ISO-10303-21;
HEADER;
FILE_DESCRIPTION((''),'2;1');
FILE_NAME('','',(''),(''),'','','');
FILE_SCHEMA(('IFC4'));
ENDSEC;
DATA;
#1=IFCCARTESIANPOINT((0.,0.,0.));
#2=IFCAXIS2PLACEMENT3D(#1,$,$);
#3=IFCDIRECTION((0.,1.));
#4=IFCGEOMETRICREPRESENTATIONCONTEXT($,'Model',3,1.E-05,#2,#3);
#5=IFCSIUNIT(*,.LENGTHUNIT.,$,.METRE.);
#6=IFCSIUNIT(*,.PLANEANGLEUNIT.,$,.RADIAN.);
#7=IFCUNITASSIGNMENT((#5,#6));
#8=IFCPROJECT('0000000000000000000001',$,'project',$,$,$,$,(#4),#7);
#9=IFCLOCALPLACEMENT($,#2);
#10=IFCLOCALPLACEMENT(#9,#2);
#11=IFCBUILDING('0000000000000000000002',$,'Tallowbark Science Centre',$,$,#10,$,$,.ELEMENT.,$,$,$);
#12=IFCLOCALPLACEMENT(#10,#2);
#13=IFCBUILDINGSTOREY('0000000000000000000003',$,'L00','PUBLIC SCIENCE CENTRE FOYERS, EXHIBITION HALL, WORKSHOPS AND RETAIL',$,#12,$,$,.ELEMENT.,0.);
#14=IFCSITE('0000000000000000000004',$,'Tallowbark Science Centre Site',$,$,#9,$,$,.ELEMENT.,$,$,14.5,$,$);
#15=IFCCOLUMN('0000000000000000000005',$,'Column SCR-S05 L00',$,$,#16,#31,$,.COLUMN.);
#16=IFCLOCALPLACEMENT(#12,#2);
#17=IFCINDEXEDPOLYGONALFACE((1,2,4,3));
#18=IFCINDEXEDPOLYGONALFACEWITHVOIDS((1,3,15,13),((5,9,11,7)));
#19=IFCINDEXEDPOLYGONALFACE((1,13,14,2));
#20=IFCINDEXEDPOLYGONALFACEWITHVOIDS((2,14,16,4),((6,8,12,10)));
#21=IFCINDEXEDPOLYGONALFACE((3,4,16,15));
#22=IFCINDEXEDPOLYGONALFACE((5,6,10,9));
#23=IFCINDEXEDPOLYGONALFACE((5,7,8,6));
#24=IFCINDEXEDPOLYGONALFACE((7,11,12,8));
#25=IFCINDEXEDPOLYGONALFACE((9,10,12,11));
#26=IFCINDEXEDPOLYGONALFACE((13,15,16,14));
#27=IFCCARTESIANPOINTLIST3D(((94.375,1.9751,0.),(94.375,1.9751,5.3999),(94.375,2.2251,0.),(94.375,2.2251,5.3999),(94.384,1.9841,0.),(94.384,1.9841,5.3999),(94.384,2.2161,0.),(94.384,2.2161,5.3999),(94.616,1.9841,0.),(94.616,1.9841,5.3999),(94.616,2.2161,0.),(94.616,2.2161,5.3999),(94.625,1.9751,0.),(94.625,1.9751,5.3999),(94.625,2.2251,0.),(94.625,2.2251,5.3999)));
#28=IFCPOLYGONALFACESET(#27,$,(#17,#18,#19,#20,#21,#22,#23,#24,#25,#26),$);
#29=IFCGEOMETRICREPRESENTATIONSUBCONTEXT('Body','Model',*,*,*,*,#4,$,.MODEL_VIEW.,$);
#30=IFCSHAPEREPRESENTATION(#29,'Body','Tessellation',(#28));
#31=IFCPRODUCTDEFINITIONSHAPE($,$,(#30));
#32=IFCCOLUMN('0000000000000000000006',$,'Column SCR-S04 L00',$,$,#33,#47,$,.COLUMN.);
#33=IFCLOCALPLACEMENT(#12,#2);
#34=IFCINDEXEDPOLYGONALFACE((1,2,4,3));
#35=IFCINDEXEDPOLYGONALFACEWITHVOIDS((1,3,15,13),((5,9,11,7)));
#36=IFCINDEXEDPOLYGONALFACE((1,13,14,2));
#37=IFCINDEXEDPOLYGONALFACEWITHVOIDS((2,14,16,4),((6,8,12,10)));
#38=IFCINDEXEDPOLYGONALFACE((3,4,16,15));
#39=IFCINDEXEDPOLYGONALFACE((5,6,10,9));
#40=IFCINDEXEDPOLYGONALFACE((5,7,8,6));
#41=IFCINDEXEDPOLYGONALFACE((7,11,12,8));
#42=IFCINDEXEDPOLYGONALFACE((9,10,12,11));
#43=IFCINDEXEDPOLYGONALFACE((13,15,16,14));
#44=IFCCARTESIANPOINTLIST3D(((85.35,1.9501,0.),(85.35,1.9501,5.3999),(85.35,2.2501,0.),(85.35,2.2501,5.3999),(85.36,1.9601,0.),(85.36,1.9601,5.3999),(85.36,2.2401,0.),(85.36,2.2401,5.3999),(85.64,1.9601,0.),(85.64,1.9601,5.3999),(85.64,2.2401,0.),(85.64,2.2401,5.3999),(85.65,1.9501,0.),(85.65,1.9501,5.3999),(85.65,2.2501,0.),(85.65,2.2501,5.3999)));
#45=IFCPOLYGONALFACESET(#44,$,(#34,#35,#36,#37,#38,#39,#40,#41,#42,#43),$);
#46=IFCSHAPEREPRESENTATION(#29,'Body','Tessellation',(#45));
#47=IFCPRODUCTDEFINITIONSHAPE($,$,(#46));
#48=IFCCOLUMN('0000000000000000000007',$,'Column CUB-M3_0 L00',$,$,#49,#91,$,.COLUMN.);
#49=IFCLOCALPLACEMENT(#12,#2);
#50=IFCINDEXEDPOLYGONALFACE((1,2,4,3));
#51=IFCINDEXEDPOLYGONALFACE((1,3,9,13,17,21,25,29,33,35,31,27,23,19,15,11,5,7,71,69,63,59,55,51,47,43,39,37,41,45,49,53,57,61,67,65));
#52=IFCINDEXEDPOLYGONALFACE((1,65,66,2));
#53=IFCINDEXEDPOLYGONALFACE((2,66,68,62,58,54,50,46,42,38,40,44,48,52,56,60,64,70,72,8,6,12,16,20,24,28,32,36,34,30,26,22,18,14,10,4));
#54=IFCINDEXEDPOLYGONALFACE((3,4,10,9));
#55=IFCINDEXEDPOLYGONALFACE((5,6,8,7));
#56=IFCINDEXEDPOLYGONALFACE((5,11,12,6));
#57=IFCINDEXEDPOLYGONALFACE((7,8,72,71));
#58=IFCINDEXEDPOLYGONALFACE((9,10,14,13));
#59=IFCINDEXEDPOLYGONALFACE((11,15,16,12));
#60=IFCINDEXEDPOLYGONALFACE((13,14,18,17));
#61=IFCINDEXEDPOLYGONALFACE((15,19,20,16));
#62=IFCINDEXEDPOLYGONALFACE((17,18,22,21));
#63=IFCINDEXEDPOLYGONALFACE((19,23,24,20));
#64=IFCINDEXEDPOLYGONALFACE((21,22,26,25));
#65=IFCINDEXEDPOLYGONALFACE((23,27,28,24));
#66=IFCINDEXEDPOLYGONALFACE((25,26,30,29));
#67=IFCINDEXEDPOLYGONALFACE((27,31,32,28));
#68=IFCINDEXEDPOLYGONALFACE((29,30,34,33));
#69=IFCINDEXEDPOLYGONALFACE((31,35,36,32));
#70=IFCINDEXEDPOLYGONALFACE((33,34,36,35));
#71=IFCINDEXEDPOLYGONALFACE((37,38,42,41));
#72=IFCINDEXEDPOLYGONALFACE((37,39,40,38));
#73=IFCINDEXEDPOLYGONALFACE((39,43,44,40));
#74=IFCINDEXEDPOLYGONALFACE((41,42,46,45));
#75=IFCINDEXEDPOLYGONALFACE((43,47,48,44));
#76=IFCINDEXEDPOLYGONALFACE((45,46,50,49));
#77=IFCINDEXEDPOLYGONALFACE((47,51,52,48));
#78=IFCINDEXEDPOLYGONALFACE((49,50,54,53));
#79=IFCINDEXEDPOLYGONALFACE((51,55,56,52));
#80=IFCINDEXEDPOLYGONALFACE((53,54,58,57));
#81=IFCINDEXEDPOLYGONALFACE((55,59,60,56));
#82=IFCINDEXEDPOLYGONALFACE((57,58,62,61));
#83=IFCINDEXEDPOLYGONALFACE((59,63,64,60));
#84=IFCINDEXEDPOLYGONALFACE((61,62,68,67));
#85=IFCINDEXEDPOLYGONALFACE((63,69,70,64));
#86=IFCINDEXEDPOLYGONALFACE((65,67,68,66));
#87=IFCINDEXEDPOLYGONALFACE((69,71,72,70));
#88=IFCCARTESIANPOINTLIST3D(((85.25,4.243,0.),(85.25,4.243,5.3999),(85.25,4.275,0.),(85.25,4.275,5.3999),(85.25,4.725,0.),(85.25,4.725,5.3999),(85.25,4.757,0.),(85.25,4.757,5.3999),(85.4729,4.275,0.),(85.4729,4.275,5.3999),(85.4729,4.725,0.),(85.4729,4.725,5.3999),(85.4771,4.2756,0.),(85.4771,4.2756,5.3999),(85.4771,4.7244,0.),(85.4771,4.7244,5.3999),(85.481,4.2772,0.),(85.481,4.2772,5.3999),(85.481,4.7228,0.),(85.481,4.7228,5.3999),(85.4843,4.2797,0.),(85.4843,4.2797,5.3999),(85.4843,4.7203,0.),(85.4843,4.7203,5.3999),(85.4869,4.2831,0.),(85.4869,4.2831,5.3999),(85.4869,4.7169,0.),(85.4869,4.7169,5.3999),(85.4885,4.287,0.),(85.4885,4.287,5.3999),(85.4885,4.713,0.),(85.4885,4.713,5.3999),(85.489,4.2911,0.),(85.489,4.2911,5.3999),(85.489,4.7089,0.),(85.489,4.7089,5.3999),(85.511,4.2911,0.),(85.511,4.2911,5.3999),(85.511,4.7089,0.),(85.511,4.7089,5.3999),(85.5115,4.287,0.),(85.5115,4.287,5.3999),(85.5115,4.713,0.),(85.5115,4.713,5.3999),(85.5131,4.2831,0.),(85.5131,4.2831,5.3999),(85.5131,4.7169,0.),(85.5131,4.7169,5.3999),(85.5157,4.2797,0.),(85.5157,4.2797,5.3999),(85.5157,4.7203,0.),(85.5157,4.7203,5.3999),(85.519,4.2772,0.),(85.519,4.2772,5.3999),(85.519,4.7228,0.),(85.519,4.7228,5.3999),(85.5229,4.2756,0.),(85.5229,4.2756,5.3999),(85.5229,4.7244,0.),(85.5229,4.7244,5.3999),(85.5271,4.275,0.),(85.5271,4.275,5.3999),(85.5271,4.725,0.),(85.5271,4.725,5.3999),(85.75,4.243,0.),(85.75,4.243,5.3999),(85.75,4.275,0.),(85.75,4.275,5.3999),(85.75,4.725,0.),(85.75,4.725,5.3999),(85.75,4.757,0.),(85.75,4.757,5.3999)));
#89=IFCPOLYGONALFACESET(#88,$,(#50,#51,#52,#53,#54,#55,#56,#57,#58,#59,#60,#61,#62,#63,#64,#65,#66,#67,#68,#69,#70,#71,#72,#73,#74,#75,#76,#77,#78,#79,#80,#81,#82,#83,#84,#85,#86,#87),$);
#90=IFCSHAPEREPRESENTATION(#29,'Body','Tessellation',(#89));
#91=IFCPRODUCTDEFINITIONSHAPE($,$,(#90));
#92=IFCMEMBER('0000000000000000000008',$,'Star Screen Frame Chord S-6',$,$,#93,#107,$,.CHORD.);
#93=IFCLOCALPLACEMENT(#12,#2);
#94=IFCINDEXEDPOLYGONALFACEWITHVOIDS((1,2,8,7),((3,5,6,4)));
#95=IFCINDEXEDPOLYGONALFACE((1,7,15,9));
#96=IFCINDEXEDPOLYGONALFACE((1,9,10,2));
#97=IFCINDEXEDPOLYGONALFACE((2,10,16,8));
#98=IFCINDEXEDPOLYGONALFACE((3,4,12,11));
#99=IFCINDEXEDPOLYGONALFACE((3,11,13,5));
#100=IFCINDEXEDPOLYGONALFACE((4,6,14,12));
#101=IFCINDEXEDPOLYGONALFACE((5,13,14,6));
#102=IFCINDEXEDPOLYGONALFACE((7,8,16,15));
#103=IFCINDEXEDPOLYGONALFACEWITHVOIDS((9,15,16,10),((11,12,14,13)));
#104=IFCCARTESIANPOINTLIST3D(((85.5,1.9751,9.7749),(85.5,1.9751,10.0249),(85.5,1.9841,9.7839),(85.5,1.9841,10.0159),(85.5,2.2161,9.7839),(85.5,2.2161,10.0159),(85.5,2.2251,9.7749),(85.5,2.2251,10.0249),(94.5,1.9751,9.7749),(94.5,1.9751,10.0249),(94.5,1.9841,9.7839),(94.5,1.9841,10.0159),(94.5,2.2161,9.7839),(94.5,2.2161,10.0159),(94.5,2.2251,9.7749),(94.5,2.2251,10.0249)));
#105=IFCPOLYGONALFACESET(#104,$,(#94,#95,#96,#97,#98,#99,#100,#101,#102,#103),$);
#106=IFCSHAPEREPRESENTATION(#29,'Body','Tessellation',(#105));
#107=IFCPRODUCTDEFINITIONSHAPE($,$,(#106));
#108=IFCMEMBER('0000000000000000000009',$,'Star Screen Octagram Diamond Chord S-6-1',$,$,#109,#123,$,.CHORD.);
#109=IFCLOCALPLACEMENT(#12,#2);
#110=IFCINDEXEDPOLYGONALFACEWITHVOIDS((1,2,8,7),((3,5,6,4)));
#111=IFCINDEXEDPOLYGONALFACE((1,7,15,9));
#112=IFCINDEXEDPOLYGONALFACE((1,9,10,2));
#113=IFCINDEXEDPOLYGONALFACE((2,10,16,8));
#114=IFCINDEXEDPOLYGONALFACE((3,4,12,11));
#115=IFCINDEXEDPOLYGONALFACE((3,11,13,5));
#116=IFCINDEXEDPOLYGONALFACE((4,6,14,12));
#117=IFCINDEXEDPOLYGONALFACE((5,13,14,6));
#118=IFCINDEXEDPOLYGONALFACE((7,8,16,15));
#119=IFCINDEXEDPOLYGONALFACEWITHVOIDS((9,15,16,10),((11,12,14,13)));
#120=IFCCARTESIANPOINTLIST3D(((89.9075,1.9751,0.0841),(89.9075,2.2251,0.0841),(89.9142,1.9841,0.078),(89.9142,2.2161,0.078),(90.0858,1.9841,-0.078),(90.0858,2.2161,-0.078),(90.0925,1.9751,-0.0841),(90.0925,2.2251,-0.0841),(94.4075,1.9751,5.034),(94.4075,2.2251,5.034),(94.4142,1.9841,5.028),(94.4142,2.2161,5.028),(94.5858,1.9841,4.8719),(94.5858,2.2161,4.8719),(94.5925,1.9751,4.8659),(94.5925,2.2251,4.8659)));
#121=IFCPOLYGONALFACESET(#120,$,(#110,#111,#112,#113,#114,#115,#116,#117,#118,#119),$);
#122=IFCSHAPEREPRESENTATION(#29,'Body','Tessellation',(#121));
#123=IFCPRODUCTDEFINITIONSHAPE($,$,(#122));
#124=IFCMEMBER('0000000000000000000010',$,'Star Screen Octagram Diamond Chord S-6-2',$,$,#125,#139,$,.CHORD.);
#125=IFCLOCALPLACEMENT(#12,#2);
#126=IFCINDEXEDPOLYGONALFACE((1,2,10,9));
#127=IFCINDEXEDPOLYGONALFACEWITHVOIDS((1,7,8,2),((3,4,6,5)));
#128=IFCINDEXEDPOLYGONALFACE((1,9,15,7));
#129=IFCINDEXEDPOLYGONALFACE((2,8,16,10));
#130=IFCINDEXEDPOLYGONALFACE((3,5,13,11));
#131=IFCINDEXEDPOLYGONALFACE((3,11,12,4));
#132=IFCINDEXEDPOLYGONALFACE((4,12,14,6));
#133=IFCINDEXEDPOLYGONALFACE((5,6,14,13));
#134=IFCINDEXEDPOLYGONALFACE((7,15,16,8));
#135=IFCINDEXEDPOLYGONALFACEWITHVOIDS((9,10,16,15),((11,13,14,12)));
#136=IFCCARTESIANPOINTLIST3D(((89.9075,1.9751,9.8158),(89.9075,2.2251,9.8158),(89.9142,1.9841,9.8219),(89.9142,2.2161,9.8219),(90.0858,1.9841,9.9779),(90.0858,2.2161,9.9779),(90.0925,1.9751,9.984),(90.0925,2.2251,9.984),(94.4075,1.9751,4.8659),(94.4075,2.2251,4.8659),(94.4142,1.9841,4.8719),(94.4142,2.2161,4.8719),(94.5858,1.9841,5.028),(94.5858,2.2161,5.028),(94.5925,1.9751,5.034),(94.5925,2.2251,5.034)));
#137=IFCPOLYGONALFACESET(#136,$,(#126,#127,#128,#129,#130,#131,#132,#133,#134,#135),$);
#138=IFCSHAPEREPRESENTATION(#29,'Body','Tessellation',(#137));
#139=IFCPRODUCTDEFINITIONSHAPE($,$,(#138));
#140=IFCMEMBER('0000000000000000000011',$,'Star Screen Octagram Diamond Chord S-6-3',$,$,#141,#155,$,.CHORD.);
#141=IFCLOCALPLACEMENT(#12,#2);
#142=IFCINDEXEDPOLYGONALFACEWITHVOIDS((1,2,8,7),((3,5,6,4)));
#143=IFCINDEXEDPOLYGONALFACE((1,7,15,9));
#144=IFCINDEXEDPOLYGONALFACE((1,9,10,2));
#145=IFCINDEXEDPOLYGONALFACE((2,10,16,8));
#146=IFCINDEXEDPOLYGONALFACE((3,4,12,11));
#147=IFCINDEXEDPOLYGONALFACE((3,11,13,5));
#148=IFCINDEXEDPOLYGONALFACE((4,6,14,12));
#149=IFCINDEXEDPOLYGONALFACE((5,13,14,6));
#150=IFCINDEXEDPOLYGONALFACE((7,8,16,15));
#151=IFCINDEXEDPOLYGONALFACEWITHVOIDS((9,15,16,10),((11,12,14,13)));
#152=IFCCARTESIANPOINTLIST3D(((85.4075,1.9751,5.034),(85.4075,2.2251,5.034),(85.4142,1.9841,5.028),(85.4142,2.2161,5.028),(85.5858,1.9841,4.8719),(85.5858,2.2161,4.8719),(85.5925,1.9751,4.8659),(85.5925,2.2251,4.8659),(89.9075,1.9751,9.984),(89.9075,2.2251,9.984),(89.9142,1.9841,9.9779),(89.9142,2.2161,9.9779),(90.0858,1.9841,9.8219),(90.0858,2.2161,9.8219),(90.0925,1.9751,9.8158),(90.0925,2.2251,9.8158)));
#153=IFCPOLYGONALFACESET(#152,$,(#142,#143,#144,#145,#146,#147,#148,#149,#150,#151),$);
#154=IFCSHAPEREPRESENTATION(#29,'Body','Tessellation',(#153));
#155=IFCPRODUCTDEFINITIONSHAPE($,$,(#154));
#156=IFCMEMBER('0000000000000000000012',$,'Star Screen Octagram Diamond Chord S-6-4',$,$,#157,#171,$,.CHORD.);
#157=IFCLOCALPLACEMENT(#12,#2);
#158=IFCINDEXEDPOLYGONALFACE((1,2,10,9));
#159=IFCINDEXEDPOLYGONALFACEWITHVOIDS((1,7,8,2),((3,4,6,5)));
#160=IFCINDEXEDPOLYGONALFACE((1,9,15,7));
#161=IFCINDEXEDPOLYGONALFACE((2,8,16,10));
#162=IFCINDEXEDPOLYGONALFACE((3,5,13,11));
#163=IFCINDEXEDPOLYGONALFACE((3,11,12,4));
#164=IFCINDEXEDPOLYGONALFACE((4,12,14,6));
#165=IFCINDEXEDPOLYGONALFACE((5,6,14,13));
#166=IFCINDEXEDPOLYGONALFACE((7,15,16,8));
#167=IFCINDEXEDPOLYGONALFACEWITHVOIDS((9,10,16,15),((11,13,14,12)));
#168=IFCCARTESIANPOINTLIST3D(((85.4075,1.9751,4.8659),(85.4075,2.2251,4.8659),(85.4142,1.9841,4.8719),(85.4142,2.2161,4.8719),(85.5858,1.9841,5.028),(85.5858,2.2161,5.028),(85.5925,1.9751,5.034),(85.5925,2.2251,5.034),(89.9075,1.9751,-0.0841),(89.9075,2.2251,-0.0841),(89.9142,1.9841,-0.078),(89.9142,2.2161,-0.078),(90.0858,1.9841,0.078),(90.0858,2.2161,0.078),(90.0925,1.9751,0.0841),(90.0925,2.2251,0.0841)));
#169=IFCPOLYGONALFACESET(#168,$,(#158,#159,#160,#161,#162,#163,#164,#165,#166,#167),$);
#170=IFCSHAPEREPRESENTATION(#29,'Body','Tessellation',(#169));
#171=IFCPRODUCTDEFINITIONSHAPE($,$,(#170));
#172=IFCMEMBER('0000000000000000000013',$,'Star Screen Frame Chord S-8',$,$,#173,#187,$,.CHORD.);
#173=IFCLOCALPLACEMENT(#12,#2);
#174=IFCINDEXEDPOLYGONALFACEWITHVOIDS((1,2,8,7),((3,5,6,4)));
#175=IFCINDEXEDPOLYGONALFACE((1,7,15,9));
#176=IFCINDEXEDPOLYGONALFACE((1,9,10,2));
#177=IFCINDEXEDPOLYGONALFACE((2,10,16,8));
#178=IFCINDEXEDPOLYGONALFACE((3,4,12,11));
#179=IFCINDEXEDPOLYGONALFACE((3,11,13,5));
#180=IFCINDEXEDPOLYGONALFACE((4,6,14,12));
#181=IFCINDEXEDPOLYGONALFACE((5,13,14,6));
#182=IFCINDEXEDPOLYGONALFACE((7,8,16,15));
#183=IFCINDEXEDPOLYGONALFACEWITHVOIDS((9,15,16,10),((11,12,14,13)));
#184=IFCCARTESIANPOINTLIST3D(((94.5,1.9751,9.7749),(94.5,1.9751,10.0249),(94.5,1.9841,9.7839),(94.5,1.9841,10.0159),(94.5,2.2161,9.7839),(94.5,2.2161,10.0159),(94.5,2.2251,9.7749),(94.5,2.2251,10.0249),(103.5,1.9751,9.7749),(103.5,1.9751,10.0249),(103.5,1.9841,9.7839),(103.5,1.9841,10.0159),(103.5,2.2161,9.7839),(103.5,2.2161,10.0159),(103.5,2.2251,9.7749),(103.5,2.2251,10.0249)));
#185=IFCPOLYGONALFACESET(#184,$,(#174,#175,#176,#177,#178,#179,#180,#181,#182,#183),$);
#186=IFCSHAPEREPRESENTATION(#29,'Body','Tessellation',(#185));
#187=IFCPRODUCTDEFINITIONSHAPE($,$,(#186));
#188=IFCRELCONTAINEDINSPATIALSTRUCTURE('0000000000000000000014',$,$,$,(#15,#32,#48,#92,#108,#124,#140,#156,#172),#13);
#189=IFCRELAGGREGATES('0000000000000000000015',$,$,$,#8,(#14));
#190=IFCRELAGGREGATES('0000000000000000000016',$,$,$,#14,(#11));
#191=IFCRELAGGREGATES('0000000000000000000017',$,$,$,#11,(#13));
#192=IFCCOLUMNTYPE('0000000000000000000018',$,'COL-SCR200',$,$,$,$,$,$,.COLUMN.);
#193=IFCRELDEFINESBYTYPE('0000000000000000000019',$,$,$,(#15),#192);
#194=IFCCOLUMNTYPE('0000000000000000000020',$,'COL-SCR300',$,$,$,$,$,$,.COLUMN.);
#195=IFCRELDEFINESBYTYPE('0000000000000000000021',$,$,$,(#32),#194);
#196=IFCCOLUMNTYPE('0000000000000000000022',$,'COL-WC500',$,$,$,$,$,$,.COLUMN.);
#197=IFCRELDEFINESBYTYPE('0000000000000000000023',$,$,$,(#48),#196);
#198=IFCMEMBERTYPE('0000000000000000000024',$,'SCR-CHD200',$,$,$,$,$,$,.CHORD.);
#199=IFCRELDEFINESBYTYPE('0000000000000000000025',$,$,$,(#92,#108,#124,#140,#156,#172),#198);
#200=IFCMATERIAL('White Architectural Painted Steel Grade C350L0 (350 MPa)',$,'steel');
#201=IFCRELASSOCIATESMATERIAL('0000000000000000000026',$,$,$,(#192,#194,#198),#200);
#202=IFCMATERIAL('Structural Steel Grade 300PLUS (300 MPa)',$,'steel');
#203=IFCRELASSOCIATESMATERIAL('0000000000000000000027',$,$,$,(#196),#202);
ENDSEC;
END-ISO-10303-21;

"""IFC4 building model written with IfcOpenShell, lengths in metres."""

from ifc_helpers import new_model, si_unit, direction, frame, origin, origin_2d, place, context, subcontext, project, spatial, hollow_rectangle, i_section, extrude, material, material_profile, profile_set, type_object, element, save


model = new_model("IFC4")

# Units and contexts
model_context = context("Model", 3, precision=1e-05, world=origin(), true_north=direction((0.0, 1.0)))
body_context = subcontext(model_context, "Body", "Model", "MODEL_VIEW")
ifc_project = project(units=[si_unit("LENGTHUNIT", "METRE"), si_unit("PLANEANGLEUNIT", "RADIAN")], contexts=[model_context])

# Site, building, storey
site_placement = place(None, origin())
site = spatial("IfcSite", under=ifc_project, at=site_placement, Name="Tallowbark Science Centre Site", CompositionType="ELEMENT", RefElevation=14.5)
building_placement = place(site_placement, origin())
building = spatial("IfcBuilding", under=site, at=building_placement, Name="Tallowbark Science Centre", CompositionType="ELEMENT")
storey_placement = place(building_placement, origin())
storey = spatial("IfcBuildingStorey", under=building, at=storey_placement, Name="L00", Description="PUBLIC SCIENCE CENTRE FOYERS, EXHIBITION HALL, WORKSHOPS AND RETAIL", CompositionType="ELEMENT", Elevation=0.0)

# Columns
ifc_material_1 = material(Name="White Architectural Painted Steel Grade C350L0 (350 MPa)", Category="steel")
ifc_material_profile_1 = material_profile(ifc_material_1, hollow_rectangle(XDim=0.25, YDim=0.25, WallThickness=0.009, at=origin_2d()), Name="250x250x9.0SHS")
ifc_profile_set_1 = profile_set([ifc_material_profile_1], Name="White Architectural Painted Steel Grade C350L0 (350 MPa)")
column_type_1 = type_object("IfcColumnType", Name="COL-SCR200", PredefinedType="COLUMN", material=ifc_profile_set_1)
column_1_placement = place(storey_placement, frame((94.5, 2.1001, 0.0), z_axis=(0.0, 0.0, 1.0), x_axis=(1.0, 0.0, 0.0)))
element("IfcColumn", 1, at=column_1_placement, inside=storey, type_object=column_type_1, Name="Column SCR-S05 L00", PredefinedType="COLUMN", context=body_context, shape_type="SweptSolid", body=[
    extrude(hollow_rectangle(XDim=0.25, YDim=0.25, WallThickness=0.009, at=origin_2d()), origin(), (0.0, 0.0, 1.0), 5.3999),
])
ifc_material_profile_2 = material_profile(ifc_material_1, hollow_rectangle(XDim=0.3, YDim=0.3, WallThickness=0.01, at=origin_2d()), Name="300x300x10.0SHS")
ifc_profile_set_2 = profile_set([ifc_material_profile_2], Name="White Architectural Painted Steel Grade C350L0 (350 MPa)")
column_type_2 = type_object("IfcColumnType", Name="COL-SCR300", PredefinedType="COLUMN", material=ifc_profile_set_2)
column_2_placement = place(storey_placement, frame((85.5, 2.1001, 0.0), z_axis=(0.0, 0.0, 1.0), x_axis=(1.0, 0.0, 0.0)))
element("IfcColumn", 2, at=column_2_placement, inside=storey, type_object=column_type_2, Name="Column SCR-S04 L00", PredefinedType="COLUMN", context=body_context, shape_type="SweptSolid", body=[
    extrude(hollow_rectangle(XDim=0.3, YDim=0.3, WallThickness=0.01, at=origin_2d()), origin(), (0.0, 0.0, 1.0), 5.3999),
])
ifc_material_2 = material(Name="Structural Steel Grade 300PLUS (300 MPa)", Category="steel")
ifc_material_profile_3 = material_profile(ifc_material_2, i_section(OverallWidth=0.5, OverallDepth=0.5139, WebThickness=0.022, FlangeThickness=0.032, FilletRadius=0.0161, at=origin_2d()), Name="500WC340")
ifc_profile_set_3 = profile_set([ifc_material_profile_3], Name="Structural Steel Grade 300PLUS (300 MPa)")
column_type_3 = type_object("IfcColumnType", Name="COL-WC500", PredefinedType="COLUMN", material=ifc_profile_set_3)
column_3_placement = place(storey_placement, frame((85.5, 4.5, 0.0), z_axis=(0.0, 0.0, 1.0), x_axis=(1.0, 0.0, 0.0)))
element("IfcColumn", 3, at=column_3_placement, inside=storey, type_object=column_type_3, Name="Column CUB-M3_0 L00", PredefinedType="COLUMN", context=body_context, shape_type="SweptSolid", body=[
    extrude(i_section(OverallWidth=0.5, OverallDepth=0.5139, WebThickness=0.022, FlangeThickness=0.032, FilletRadius=0.0161, at=origin_2d()), origin(), (0.0, 0.0, 1.0), 5.3999),
])

# Members
ifc_material_profile_4 = material_profile(ifc_material_1, hollow_rectangle(XDim=0.25, YDim=0.25, WallThickness=0.009, at=origin_2d()), Name="250x250x9.0SHS")
ifc_profile_set_4 = profile_set([ifc_material_profile_4], Name="White Architectural Painted Steel Grade C350L0 (350 MPa)")
member_type_1 = type_object("IfcMemberType", Name="SCR-CHD200", PredefinedType="CHORD", material=ifc_profile_set_4)
member_1_placement = place(storey_placement, frame((85.5, 2.1001, 9.8999), z_axis=(1.0, 0.0, 0.0), x_axis=(0.0, 1.0, 0.0)))
element("IfcMember", 4, at=member_1_placement, inside=storey, type_object=member_type_1, Name="Star Screen Frame Chord S-6", PredefinedType="CHORD", context=body_context, shape_type="SweptSolid", body=[
    extrude(hollow_rectangle(XDim=0.25, YDim=0.25, WallThickness=0.009, at=origin_2d()), origin(), (0.0, 0.0, 1.0), 9.0),
])
for number, where, z_axis, x_axis, name in (
    (5, (90.0, 2.1001, 0.0), (0.672676, 0.0, 0.739937), (0.0, 1.0, 0.0), "Star Screen Octagram Diamond Chord S-6-1"),
    (6, (94.5, 2.1001, 4.95), (-0.672676, 0.0, 0.739937), (0.0, -1.0, 0.0), "Star Screen Octagram Diamond Chord S-6-2"),
    (7, (90.0, 2.1001, 9.8999), (-0.672676, 0.0, -0.739937), (0.0, -1.0, 0.0), "Star Screen Octagram Diamond Chord S-6-3"),
    (8, (85.5, 2.1001, 4.95), (0.672676, 0.0, -0.739937), (0.0, 1.0, 0.0), "Star Screen Octagram Diamond Chord S-6-4"),
):
    element("IfcMember", number, at=place(storey_placement, frame(where, z_axis=z_axis, x_axis=x_axis)), inside=storey, type_object=member_type_1, Name=name, PredefinedType="CHORD", context=body_context, shape_type="SweptSolid", body=[
        extrude(hollow_rectangle(XDim=0.25, YDim=0.25, WallThickness=0.009, at=origin_2d()), origin(), (0.0, 0.0, 1.0), 6.6897),
    ])
member_2_placement = place(storey_placement, frame((94.5, 2.1001, 9.8999), z_axis=(1.0, 0.0, 0.0), x_axis=(0.0, 1.0, 0.0)))
element("IfcMember", 9, at=member_2_placement, inside=storey, type_object=member_type_1, Name="Star Screen Frame Chord S-8", PredefinedType="CHORD", context=body_context, shape_type="SweptSolid", body=[
    extrude(hollow_rectangle(XDim=0.25, YDim=0.25, WallThickness=0.009, at=origin_2d()), origin(), (0.0, 0.0, 1.0), 9.0),
])

save(model, "model.ifc")
